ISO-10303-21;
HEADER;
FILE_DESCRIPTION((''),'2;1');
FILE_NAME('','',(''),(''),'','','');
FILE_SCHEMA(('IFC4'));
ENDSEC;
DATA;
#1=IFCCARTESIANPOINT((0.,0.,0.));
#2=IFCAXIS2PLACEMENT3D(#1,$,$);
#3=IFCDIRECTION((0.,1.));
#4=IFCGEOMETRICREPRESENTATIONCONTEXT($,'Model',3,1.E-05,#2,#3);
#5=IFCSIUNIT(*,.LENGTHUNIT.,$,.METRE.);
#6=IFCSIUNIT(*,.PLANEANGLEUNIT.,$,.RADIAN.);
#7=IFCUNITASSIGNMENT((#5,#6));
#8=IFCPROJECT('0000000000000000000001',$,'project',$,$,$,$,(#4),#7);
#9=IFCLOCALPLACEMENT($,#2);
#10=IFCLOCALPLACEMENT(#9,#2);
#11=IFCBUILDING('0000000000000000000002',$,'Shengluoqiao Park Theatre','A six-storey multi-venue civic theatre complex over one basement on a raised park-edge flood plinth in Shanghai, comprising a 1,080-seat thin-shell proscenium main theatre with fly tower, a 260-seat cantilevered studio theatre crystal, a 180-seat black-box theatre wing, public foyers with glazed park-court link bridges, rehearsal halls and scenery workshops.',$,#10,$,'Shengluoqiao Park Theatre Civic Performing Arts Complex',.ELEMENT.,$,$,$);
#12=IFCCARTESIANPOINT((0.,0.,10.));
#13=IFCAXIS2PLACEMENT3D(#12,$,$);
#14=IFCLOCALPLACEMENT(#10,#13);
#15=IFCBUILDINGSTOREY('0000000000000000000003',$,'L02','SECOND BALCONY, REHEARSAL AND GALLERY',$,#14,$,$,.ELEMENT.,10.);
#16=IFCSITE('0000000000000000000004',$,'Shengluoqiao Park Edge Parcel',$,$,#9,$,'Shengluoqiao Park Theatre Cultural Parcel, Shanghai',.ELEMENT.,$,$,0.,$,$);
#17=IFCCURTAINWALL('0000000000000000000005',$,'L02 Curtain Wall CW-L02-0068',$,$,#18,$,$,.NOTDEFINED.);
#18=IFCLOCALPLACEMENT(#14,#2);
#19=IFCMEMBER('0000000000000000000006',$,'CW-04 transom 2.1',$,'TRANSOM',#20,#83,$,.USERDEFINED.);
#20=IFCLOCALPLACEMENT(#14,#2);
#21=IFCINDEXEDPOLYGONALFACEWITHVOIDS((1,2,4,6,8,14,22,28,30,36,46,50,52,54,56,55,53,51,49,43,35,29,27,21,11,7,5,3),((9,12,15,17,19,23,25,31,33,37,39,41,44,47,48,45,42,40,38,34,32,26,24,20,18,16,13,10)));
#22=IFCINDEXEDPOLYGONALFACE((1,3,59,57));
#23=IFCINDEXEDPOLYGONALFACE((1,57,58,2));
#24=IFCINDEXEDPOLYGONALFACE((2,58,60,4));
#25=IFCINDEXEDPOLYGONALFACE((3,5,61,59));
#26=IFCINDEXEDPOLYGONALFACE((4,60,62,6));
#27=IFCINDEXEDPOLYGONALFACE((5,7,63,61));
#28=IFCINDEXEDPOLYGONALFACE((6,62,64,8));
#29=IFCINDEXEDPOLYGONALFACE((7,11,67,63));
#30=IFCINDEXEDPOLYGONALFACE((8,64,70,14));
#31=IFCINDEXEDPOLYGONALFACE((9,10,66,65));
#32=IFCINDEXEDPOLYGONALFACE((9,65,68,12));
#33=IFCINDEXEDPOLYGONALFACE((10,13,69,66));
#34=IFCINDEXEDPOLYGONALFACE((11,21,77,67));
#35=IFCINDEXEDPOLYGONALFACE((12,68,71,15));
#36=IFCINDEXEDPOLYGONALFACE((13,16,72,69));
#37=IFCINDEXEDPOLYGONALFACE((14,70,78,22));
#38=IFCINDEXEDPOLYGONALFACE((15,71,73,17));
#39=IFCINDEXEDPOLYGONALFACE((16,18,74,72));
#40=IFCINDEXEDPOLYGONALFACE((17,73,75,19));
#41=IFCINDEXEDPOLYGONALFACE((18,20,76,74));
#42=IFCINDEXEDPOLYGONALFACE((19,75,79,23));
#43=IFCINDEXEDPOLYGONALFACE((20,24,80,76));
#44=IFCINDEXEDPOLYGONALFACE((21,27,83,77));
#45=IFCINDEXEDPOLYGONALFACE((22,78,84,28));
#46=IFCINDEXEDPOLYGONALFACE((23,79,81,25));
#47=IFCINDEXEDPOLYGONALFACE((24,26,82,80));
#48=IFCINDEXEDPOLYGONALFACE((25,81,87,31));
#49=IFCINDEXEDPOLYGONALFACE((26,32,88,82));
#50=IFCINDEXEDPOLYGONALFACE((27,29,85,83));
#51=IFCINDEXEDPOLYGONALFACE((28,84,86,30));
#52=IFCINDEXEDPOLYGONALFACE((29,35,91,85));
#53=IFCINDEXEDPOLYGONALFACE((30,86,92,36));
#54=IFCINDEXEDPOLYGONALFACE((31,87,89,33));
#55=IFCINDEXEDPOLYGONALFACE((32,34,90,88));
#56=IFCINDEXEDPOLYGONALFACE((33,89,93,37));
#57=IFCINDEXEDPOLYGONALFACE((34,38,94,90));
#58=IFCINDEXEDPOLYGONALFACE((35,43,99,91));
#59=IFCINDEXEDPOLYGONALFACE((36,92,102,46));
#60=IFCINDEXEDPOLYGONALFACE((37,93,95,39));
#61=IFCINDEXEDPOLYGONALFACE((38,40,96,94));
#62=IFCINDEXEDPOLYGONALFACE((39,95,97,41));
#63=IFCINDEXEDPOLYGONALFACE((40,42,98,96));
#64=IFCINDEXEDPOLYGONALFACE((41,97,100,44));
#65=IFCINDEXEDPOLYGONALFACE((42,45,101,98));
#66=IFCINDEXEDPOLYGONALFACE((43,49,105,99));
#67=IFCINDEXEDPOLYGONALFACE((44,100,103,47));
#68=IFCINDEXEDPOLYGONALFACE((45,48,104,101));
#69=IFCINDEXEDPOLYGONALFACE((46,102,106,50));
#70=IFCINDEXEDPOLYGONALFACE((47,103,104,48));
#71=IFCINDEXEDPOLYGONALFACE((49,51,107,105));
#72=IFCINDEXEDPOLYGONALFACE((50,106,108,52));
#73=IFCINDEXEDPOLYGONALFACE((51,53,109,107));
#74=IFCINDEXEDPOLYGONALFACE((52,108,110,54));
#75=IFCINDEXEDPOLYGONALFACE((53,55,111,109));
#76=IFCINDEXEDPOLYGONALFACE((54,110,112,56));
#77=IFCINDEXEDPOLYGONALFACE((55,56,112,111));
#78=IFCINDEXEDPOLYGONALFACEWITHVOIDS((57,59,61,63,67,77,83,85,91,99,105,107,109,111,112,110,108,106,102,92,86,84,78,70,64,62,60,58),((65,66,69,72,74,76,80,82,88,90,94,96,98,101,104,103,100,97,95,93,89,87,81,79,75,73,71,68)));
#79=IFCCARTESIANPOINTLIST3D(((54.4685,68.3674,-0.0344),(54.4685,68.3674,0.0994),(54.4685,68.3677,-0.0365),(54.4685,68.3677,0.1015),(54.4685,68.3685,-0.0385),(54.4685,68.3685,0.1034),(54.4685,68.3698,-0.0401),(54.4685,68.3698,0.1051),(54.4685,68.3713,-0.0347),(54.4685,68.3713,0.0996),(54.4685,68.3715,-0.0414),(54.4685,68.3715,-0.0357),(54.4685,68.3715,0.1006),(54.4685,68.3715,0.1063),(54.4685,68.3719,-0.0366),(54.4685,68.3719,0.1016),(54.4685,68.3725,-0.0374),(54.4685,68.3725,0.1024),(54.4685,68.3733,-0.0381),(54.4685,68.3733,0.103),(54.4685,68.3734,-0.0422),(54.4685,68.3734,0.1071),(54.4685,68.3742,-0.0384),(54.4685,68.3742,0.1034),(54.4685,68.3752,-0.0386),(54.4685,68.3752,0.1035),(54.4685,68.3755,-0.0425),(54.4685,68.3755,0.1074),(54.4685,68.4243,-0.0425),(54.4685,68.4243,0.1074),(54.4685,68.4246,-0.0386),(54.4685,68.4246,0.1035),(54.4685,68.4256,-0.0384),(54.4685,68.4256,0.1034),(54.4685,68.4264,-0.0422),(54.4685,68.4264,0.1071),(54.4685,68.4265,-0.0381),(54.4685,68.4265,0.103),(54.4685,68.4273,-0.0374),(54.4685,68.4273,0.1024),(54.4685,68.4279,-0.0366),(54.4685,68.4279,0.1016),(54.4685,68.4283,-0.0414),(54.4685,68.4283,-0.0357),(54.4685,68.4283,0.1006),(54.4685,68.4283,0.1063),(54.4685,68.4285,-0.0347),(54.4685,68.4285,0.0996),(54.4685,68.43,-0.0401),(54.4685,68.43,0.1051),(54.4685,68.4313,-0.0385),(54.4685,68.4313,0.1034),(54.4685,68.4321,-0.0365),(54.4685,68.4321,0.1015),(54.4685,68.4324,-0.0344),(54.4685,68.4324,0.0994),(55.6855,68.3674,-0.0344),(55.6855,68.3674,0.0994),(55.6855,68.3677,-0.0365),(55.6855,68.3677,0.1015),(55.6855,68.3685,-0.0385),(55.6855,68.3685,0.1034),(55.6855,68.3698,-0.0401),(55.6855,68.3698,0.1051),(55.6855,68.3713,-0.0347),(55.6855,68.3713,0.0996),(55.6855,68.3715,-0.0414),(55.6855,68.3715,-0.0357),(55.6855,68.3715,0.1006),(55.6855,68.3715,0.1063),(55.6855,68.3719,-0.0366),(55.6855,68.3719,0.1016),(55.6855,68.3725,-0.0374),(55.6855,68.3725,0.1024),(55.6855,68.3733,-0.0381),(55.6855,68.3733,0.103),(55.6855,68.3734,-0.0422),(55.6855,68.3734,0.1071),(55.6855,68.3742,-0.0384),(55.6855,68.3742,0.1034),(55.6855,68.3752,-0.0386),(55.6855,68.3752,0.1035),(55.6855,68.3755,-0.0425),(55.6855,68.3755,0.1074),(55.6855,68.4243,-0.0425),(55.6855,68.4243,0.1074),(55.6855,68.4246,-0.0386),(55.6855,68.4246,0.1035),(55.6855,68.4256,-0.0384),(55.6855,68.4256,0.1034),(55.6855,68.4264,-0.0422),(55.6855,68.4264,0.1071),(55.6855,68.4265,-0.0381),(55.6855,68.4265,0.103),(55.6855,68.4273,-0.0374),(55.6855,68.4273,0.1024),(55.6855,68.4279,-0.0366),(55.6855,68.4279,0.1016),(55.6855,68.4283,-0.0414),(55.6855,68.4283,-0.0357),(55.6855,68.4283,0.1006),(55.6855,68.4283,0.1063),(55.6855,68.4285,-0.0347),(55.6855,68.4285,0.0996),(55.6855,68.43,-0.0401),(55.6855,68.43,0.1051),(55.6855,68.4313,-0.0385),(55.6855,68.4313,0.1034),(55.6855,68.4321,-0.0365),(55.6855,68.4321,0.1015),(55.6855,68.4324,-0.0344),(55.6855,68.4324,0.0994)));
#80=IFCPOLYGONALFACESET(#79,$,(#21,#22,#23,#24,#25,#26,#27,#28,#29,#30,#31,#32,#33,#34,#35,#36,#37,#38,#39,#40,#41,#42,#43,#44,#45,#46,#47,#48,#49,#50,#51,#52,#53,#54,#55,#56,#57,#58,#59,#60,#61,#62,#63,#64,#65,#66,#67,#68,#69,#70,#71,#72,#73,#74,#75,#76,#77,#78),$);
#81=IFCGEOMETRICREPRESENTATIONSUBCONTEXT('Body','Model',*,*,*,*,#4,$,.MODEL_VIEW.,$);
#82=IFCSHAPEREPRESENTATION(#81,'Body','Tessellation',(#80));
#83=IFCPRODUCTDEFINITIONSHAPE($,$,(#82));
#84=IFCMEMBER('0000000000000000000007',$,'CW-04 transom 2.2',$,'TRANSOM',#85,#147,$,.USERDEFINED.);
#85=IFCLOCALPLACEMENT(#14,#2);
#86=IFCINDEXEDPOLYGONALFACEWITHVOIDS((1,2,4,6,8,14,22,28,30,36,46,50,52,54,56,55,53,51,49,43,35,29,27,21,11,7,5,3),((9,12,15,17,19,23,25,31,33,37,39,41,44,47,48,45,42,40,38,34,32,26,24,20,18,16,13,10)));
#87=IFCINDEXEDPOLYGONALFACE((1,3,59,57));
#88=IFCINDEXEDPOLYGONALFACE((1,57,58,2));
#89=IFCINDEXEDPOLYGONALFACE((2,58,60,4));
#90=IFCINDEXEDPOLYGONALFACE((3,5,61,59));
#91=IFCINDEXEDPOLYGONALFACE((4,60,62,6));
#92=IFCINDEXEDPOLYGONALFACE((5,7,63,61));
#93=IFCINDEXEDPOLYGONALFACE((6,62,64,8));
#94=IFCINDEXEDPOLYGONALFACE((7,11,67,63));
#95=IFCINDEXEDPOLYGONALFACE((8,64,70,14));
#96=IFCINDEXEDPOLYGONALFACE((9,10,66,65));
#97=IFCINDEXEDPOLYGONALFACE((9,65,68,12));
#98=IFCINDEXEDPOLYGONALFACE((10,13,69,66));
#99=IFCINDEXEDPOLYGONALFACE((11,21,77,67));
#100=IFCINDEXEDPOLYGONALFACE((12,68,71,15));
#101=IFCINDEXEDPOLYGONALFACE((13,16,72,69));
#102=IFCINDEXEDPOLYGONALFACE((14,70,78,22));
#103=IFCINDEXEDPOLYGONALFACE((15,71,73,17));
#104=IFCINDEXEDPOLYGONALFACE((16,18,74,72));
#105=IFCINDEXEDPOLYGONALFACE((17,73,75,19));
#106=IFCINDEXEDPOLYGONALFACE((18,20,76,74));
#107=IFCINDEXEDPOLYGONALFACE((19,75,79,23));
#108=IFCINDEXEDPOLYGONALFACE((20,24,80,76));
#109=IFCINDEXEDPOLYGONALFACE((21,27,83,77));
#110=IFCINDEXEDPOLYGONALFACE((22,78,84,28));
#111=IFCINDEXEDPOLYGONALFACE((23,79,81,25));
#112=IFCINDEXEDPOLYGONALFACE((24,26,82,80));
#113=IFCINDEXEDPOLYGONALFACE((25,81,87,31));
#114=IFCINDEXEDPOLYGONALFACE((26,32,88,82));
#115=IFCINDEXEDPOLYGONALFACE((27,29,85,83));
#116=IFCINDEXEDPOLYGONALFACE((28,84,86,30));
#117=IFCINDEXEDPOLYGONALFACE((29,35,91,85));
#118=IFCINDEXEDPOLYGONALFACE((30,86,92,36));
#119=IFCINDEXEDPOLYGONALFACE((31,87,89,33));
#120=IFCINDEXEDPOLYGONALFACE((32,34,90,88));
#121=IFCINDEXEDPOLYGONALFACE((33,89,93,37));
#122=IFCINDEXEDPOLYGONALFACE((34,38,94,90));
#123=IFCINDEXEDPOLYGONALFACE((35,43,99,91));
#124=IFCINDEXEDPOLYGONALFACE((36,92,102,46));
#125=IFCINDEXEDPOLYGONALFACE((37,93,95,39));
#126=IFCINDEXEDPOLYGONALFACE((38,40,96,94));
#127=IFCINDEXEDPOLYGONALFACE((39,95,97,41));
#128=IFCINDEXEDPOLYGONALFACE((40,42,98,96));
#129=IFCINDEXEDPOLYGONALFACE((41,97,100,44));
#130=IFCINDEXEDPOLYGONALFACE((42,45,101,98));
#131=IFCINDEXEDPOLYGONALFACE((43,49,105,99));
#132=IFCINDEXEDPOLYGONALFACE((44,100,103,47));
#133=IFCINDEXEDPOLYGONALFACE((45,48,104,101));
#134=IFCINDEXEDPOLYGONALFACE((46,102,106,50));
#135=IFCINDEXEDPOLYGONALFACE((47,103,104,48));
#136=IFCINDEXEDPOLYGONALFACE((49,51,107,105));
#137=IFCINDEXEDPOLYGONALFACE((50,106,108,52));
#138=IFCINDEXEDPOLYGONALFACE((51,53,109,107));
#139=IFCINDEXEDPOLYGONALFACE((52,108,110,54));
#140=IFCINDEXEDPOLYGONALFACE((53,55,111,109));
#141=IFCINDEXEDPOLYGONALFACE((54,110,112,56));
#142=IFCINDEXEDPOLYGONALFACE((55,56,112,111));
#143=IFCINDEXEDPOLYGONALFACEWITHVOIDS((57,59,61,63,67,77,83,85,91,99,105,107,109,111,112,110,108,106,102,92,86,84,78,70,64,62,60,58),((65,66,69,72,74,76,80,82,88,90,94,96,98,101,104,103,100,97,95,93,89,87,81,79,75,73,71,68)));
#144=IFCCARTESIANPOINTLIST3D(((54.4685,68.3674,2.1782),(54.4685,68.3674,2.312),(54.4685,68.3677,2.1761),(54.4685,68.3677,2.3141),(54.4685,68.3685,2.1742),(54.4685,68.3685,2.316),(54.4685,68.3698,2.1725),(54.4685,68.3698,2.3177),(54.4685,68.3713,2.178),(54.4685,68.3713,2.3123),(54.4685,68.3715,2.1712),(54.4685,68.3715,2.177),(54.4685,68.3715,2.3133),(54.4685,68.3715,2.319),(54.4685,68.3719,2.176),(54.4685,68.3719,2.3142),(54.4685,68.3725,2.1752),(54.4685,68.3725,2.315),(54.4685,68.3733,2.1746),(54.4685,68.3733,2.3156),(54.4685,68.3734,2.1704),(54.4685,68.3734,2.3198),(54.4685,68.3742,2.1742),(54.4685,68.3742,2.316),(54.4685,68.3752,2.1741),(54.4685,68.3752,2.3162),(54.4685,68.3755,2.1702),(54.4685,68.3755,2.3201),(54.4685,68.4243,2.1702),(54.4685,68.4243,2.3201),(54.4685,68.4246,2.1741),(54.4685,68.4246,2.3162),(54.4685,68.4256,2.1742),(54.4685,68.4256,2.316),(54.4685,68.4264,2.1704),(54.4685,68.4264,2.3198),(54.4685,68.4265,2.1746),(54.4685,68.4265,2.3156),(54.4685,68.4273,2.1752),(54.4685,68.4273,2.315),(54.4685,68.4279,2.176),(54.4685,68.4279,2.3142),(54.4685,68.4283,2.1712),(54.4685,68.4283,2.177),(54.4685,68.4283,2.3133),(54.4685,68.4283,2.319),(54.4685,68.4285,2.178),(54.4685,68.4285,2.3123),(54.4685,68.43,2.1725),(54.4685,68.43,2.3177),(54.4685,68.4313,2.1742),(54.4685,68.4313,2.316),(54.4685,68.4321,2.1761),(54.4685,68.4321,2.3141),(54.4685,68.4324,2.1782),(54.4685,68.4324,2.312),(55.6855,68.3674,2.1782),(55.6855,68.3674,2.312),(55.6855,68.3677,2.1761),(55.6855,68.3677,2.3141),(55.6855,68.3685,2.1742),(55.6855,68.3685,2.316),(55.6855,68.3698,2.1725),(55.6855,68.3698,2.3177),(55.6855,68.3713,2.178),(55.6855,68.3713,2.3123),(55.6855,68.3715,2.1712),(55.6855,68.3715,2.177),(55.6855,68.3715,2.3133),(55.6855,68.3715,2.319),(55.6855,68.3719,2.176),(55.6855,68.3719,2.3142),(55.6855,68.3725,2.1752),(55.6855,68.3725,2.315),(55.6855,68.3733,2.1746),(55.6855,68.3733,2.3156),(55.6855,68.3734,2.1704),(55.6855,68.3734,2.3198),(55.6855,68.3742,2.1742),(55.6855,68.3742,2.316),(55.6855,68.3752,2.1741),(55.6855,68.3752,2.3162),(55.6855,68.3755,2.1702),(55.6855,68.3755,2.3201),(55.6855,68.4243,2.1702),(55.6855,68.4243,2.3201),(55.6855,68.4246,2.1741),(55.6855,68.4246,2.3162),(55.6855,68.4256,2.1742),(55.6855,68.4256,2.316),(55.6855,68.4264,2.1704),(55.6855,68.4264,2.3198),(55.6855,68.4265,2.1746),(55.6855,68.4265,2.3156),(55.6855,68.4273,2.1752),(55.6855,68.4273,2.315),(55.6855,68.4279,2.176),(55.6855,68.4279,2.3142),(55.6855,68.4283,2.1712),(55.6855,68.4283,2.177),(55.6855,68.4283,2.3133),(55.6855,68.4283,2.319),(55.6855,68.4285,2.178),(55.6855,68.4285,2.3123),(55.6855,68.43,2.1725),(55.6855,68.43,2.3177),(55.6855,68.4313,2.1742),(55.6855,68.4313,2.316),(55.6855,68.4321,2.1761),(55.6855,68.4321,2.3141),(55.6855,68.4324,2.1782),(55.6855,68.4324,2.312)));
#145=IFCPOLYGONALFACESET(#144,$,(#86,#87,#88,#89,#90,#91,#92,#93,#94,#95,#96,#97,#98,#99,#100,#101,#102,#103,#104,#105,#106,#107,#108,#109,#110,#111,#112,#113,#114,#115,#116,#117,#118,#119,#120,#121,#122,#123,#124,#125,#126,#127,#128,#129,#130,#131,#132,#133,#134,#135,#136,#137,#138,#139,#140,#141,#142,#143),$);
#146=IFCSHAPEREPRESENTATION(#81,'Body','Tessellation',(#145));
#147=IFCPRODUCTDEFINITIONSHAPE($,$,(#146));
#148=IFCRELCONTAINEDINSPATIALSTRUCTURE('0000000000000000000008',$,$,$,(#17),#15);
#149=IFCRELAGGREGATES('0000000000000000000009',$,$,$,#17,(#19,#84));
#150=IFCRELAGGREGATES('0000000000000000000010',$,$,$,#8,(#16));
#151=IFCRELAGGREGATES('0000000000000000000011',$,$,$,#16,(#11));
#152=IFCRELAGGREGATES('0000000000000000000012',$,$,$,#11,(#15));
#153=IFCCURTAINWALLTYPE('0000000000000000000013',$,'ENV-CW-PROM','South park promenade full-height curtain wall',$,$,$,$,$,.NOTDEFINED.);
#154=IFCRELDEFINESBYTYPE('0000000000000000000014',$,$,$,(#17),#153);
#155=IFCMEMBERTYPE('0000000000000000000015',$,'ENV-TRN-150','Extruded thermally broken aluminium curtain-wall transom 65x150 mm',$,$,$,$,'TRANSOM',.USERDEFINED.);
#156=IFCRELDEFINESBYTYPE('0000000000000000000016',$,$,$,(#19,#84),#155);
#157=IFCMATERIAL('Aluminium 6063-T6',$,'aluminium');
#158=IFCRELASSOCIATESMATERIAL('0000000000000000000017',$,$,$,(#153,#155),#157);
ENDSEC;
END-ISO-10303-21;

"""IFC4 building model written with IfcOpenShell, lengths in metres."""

from ifc_helpers import new_model, si_unit, direction, frame, origin, origin_2d, place, context, subcontext, project, spatial, hollow_rectangle, extrude, material, material_profile, profile_set, type_object, element, aggregate, save


model = new_model("IFC4")

# Units and contexts
model_context = context("Model", 3, precision=1e-05, world=origin(), true_north=direction((0.0, 1.0)))
body_context = subcontext(model_context, "Body", "Model", "MODEL_VIEW")
ifc_project = project(units=[si_unit("LENGTHUNIT", "METRE"), si_unit("PLANEANGLEUNIT", "RADIAN")], contexts=[model_context])

# Site, building, storey
site_placement = place(None, origin())
site = spatial("IfcSite", under=ifc_project, at=site_placement, Name="Shengluoqiao Park Edge Parcel", LongName="Shengluoqiao Park Theatre Cultural Parcel, Shanghai", CompositionType="ELEMENT", RefElevation=0.0)
building_placement = place(site_placement, origin())
building = spatial("IfcBuilding", under=site, at=building_placement, Name="Shengluoqiao Park Theatre", Description="A six-storey multi-venue civic theatre complex over one basement on a raised park-edge flood plinth in Shanghai, comprising a 1,080-seat thin-shell proscenium main theatre with fly tower, a 260-seat cantilevered studio theatre crystal, a 180-seat black-box theatre wing, public foyers with glazed park-court link bridges, rehearsal halls and scenery workshops.", LongName="Shengluoqiao Park Theatre Civic Performing Arts Complex", CompositionType="ELEMENT")
storey_placement = place(building_placement, frame((0.0, 0.0, 10.0)))
storey = spatial("IfcBuildingStorey", under=building, at=storey_placement, Name="L02", Description="SECOND BALCONY, REHEARSAL AND GALLERY", CompositionType="ELEMENT", Elevation=10.0)

# Curtain wall
ifc_material_1 = material(Name="Aluminium 6063-T6", Category="aluminium")
curtain_wall_type = type_object("IfcCurtainWallType", Name="ENV-CW-PROM", Description="South park promenade full-height curtain wall", PredefinedType="NOTDEFINED", material=ifc_material_1)
curtain_wall_1_placement = place(storey_placement, origin())
curtain_wall_1 = element("IfcCurtainWall", 1, at=curtain_wall_1_placement, inside=storey, type_object=curtain_wall_type, Name="L02 Curtain Wall CW-L02-0068", PredefinedType="NOTDEFINED")

# Members
ifc_material_profile_1 = material_profile(ifc_material_1, hollow_rectangle(XDim=0.0649, YDim=0.1499, WallThickness=0.0039, InnerFilletRadius=0.0039, OuterFilletRadius=0.0081, at=origin_2d()), Name="ALU TRANSOM 150x65x4")
ifc_profile_set_1 = profile_set([ifc_material_profile_1], Name="Aluminium 6063-T6")
member_type_1 = type_object("IfcMemberType", Name="ENV-TRN-150", Description="Extruded thermally broken aluminium curtain-wall transom 65x150 mm", ElementType="TRANSOM", PredefinedType="USERDEFINED", material=ifc_profile_set_1)
member_1_placement = place(storey_placement, frame((54.4685, 68.3999, 0.0325), z_axis=(1.0, 0.0, 0.0), x_axis=(0.0, 1.0, 0.0)))
member_1 = element("IfcMember", 2, at=member_1_placement, type_object=member_type_1, Name="CW-04 transom 2.1", ObjectType="TRANSOM", PredefinedType="USERDEFINED", context=body_context, shape_type="SweptSolid", body=[
    extrude(hollow_rectangle(XDim=0.0649, YDim=0.1499, WallThickness=0.0039, InnerFilletRadius=0.0039, OuterFilletRadius=0.0081, at=origin_2d()), origin(), (0.0, 0.0, 1.0), 1.217),
])
member_2_placement = place(storey_placement, frame((54.4685, 68.3999, 2.2451), z_axis=(1.0, 0.0, 0.0), x_axis=(0.0, 1.0, 0.0)))
member_2 = element("IfcMember", 3, at=member_2_placement, type_object=member_type_1, Name="CW-04 transom 2.2", ObjectType="TRANSOM", PredefinedType="USERDEFINED", context=body_context, shape_type="SweptSolid", body=[
    extrude(hollow_rectangle(XDim=0.0649, YDim=0.1499, WallThickness=0.0039, InnerFilletRadius=0.0039, OuterFilletRadius=0.0081, at=origin_2d()), origin(), (0.0, 0.0, 1.0), 1.217),
])

aggregate(curtain_wall_1, [member_1, member_2])

save(model, "model.ifc")
